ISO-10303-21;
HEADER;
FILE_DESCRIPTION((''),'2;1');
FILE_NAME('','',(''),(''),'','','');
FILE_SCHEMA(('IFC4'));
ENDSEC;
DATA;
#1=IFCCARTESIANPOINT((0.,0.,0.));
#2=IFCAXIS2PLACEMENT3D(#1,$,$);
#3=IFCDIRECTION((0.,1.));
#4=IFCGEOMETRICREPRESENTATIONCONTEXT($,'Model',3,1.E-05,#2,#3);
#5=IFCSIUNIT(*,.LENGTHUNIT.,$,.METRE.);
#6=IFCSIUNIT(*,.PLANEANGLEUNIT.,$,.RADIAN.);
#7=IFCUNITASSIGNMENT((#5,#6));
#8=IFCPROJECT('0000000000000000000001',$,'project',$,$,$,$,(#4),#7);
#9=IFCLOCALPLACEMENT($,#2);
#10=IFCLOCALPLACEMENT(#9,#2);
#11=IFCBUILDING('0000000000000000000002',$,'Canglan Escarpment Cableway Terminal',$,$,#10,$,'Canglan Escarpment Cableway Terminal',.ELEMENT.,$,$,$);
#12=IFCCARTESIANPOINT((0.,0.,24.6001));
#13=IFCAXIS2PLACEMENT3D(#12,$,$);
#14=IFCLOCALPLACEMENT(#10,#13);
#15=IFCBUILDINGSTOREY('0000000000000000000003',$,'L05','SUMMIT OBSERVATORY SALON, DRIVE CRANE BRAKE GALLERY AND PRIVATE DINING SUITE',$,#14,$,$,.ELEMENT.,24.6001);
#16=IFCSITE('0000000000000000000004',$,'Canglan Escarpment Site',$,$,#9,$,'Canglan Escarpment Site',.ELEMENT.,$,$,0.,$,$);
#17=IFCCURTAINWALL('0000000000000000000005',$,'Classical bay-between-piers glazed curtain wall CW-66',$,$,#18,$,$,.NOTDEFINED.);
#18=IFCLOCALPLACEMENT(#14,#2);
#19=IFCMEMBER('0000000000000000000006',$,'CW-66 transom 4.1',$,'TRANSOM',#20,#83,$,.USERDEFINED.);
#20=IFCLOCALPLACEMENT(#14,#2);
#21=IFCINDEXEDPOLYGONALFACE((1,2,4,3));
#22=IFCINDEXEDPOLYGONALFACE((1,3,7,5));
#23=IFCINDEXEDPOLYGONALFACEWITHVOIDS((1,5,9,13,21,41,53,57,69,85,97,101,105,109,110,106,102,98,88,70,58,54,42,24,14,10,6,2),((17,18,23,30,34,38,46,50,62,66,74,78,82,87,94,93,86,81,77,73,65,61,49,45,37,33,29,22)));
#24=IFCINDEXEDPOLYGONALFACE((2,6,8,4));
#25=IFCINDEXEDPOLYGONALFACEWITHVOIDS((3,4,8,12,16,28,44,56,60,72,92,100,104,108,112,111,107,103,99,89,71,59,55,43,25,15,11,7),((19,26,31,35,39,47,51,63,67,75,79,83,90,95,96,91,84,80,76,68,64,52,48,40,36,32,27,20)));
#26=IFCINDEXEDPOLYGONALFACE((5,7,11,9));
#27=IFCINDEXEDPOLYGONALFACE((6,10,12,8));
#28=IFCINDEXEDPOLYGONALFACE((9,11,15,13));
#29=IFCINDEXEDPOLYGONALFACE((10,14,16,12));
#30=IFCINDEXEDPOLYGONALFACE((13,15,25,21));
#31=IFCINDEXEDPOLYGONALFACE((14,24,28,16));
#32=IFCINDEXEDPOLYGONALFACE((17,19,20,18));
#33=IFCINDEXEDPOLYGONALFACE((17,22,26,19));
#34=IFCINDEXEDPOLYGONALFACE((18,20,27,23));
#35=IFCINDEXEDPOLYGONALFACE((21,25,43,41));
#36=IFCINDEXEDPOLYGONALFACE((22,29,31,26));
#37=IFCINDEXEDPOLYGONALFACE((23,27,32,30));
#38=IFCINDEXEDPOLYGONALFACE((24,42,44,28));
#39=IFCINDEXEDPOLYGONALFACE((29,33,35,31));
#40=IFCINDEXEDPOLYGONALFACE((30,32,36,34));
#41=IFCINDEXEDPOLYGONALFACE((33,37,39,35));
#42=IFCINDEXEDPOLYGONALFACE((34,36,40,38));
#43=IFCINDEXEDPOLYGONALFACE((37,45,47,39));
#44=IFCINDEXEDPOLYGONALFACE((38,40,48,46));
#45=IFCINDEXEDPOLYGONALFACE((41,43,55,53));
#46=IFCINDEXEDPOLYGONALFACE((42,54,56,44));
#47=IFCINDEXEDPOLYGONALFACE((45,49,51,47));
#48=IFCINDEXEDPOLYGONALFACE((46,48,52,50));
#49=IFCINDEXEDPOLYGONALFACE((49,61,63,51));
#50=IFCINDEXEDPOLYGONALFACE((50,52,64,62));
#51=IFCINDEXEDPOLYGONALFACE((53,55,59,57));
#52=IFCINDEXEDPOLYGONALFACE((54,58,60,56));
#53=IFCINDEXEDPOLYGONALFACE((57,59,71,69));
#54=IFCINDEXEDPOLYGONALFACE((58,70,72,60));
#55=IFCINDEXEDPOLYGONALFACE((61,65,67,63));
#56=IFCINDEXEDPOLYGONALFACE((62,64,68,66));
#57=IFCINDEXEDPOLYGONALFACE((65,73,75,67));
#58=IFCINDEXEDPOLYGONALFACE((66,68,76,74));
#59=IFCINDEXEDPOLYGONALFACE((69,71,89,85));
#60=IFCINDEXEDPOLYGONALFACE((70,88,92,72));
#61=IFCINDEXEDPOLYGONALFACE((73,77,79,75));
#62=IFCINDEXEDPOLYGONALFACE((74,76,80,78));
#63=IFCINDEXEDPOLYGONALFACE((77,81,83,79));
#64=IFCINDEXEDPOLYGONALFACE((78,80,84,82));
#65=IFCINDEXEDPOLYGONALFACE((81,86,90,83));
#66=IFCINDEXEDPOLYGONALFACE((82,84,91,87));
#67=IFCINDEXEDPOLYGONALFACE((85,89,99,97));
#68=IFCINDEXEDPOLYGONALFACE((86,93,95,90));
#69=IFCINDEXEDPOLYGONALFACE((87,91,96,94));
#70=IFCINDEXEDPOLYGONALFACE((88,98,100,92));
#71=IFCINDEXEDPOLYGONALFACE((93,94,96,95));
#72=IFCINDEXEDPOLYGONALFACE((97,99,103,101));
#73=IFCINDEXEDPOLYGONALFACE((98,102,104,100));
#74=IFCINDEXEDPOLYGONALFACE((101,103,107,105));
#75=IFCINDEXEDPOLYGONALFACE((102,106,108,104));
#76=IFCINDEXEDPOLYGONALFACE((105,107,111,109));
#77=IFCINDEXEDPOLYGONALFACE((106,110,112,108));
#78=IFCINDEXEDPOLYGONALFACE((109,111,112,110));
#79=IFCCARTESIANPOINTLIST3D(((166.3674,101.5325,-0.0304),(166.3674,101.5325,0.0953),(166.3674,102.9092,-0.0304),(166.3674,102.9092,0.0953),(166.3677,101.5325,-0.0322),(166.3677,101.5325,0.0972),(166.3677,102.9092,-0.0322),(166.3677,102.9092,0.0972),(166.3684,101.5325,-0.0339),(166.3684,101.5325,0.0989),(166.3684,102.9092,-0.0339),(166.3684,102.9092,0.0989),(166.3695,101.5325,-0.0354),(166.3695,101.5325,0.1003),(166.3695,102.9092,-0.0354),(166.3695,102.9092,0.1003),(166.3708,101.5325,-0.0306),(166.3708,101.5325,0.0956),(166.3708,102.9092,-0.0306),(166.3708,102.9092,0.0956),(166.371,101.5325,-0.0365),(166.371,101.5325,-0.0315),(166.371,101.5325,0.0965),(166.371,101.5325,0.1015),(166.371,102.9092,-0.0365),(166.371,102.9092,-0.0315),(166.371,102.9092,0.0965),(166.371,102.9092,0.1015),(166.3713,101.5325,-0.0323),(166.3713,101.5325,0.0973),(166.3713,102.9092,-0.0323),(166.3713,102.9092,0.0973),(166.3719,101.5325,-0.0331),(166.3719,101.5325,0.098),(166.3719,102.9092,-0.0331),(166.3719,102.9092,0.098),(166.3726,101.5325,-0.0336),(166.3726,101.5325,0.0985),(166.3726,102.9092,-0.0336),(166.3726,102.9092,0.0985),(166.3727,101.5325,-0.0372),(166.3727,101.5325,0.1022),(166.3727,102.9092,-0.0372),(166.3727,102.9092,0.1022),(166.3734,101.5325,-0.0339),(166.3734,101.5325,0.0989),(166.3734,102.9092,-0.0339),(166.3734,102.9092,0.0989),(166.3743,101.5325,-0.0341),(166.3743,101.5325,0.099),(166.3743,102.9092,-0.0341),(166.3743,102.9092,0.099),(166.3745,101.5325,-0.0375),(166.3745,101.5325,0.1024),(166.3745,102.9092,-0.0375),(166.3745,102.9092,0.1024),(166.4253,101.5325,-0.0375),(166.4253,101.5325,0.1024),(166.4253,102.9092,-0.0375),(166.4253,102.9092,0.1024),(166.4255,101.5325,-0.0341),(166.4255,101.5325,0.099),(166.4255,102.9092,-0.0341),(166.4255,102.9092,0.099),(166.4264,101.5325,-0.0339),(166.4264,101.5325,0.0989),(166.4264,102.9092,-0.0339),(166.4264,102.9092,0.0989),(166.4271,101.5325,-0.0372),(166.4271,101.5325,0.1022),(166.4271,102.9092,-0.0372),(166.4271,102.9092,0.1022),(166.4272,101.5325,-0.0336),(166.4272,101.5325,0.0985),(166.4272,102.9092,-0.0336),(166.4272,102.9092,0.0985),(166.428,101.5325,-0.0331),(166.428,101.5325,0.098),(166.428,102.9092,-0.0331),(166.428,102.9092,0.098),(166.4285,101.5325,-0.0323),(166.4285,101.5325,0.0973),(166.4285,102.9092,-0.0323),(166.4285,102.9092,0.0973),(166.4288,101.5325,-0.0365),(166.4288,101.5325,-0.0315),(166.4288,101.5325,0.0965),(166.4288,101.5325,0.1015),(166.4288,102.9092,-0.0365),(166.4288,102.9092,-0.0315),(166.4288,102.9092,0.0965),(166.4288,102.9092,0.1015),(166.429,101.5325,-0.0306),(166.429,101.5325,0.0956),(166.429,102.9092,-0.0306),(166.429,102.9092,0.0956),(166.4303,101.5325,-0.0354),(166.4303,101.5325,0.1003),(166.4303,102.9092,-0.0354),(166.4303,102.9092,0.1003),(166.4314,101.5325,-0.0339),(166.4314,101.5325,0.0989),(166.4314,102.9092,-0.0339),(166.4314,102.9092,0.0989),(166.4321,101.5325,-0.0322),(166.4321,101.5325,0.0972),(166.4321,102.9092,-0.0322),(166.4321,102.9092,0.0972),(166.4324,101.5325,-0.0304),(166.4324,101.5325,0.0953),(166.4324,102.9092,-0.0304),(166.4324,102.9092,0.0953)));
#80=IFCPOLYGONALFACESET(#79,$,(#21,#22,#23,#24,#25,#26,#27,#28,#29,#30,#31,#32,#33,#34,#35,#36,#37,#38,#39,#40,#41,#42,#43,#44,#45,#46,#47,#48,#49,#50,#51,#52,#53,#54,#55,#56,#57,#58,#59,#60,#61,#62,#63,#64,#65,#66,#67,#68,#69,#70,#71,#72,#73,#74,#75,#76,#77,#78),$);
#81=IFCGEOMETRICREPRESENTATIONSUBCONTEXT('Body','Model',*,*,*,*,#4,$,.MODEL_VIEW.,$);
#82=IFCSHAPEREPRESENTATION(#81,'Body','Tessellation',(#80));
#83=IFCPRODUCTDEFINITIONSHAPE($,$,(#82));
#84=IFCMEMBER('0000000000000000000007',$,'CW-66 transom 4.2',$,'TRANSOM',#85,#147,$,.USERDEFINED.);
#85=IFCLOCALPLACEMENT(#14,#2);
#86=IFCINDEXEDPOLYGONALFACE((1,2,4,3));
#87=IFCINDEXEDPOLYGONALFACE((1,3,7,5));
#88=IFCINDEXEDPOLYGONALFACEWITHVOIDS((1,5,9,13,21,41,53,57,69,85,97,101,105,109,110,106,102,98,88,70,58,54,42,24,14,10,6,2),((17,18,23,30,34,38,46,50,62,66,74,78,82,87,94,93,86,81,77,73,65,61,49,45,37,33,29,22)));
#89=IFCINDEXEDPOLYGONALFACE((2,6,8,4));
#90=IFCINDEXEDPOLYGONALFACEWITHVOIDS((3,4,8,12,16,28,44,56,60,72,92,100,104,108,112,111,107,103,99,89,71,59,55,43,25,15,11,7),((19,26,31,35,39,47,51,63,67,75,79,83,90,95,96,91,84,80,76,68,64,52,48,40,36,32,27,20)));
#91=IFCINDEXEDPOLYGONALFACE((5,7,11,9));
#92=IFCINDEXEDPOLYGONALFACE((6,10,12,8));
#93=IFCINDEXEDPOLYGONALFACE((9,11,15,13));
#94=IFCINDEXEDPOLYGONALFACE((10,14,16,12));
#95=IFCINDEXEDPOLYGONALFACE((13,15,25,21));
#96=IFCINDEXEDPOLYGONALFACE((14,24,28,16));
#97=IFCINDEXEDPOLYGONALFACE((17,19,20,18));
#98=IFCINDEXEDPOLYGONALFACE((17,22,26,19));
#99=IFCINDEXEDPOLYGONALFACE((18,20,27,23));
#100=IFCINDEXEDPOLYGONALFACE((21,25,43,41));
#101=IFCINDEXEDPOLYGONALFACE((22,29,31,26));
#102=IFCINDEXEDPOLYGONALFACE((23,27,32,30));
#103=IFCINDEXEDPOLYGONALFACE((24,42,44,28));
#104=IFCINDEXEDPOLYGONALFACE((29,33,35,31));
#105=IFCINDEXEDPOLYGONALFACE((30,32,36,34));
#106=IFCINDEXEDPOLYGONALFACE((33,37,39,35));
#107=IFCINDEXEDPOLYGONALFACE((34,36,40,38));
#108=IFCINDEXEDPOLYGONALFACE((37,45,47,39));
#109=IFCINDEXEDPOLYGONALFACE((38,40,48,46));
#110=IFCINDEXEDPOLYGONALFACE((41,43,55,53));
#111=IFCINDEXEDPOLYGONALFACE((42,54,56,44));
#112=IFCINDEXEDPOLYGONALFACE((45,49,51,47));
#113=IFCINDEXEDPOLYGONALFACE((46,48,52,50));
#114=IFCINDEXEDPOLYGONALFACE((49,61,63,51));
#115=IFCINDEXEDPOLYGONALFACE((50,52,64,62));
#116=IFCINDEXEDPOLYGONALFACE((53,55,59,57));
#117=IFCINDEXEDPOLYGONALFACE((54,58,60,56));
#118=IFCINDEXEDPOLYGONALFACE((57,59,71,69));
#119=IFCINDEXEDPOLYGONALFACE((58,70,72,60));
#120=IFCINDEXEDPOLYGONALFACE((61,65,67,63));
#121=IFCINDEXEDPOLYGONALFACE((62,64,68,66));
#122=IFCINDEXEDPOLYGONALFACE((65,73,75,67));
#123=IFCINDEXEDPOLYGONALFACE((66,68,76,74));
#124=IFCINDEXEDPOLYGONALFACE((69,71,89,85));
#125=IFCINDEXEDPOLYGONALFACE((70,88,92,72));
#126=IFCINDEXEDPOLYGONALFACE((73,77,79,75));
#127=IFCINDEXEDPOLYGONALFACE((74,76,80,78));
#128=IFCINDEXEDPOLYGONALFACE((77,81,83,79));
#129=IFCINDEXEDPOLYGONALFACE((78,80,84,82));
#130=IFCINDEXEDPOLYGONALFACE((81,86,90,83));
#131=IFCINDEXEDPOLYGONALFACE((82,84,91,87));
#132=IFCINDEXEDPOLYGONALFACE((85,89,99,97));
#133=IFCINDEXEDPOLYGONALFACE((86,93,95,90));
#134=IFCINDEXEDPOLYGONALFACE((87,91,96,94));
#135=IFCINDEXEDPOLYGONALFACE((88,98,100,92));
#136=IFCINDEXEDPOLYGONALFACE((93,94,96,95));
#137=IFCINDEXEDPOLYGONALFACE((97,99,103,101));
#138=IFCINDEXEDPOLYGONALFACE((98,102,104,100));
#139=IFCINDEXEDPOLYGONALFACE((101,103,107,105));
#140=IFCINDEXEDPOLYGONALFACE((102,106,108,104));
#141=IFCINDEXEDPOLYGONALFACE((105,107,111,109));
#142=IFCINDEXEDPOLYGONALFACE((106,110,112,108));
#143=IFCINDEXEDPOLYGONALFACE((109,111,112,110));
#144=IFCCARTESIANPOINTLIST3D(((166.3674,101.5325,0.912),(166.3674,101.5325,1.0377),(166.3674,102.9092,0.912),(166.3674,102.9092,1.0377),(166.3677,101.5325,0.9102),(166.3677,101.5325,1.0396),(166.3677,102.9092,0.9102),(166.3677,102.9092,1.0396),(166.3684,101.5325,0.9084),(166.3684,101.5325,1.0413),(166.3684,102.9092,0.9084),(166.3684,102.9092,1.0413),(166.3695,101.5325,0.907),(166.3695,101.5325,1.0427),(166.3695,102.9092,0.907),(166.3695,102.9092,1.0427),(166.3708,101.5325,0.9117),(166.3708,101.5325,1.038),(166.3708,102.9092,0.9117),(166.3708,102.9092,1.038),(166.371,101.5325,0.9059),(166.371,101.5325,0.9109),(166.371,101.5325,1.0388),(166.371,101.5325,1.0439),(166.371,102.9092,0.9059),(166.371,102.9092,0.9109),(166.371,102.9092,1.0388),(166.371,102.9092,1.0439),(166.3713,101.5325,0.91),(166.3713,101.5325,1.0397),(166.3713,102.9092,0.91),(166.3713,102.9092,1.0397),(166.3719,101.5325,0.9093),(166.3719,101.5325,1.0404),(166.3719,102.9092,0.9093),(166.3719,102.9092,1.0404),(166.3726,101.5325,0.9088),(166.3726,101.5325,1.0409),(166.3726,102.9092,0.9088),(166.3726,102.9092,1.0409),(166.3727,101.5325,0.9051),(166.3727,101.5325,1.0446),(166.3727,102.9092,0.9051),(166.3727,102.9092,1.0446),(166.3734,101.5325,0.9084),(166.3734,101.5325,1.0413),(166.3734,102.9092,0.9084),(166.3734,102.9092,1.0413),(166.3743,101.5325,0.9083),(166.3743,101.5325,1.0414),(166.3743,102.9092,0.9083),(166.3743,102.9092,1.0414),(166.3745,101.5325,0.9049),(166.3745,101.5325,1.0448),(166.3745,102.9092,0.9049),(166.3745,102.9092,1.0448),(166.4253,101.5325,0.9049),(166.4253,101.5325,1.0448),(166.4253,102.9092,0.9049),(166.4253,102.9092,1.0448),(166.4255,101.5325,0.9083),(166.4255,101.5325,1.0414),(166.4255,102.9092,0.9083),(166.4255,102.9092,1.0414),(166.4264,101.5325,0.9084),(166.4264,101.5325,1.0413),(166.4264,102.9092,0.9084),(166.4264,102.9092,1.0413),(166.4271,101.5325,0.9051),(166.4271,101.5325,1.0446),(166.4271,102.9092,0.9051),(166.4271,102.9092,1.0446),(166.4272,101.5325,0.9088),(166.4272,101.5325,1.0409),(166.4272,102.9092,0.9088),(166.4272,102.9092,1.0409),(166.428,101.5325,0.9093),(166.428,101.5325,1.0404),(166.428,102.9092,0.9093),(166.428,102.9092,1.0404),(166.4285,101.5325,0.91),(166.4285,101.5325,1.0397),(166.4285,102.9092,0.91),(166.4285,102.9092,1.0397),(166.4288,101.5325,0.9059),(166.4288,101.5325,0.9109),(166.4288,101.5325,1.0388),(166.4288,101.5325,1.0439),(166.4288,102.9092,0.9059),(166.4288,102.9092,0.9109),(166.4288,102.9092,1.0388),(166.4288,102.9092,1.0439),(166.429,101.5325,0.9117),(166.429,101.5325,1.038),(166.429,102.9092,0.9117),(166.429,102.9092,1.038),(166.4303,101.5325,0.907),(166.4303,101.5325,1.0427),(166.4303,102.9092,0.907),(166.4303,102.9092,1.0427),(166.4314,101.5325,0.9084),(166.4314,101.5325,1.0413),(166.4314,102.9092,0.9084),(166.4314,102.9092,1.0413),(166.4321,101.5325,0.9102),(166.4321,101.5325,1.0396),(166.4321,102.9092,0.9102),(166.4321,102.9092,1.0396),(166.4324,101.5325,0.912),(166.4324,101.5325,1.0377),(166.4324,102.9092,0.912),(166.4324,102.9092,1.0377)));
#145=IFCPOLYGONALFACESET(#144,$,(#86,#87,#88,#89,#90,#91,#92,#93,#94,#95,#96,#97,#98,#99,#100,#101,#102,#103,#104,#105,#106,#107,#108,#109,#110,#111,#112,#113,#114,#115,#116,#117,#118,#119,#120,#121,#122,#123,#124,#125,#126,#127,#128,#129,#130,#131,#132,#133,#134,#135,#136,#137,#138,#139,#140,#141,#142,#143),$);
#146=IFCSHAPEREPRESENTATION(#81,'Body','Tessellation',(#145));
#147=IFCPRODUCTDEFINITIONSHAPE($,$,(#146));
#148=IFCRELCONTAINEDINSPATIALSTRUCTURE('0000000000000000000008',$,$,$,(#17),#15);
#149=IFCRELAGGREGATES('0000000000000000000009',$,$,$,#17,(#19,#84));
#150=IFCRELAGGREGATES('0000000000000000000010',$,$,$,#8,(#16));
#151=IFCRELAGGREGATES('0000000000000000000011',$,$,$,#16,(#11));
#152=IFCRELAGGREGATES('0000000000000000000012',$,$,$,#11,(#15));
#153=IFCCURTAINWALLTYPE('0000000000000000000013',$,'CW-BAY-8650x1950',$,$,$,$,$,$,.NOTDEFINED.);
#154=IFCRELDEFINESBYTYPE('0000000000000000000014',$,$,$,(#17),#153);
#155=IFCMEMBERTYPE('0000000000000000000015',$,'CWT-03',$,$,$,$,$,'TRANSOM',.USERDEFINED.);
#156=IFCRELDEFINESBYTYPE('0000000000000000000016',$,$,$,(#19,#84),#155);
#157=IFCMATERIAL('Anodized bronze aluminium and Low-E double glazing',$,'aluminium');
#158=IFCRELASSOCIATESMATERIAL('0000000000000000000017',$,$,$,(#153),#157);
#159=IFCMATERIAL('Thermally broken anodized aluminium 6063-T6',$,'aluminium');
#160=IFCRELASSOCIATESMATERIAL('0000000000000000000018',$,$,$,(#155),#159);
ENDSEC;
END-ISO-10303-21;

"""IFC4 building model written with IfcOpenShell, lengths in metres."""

from ifc_helpers import new_model, si_unit, direction, frame, origin, origin_2d, place, context, subcontext, project, spatial, hollow_rectangle, extrude, material, material_profile, profile_set, type_object, element, aggregate, save


model = new_model("IFC4")

# Units and contexts
model_context = context("Model", 3, precision=1e-05, world=origin(), true_north=direction((0.0, 1.0)))
body_context = subcontext(model_context, "Body", "Model", "MODEL_VIEW")
ifc_project = project(units=[si_unit("LENGTHUNIT", "METRE"), si_unit("PLANEANGLEUNIT", "RADIAN")], contexts=[model_context])

# Site, building, storey
site_placement = place(None, origin())
site = spatial("IfcSite", under=ifc_project, at=site_placement, Name="Canglan Escarpment Site", LongName="Canglan Escarpment Site", CompositionType="ELEMENT", RefElevation=0.0)
building_placement = place(site_placement, origin())
building = spatial("IfcBuilding", under=site, at=building_placement, Name="Canglan Escarpment Cableway Terminal", LongName="Canglan Escarpment Cableway Terminal", CompositionType="ELEMENT")
storey_placement = place(building_placement, frame((0.0, 0.0, 24.6001)))
storey = spatial("IfcBuildingStorey", under=building, at=storey_placement, Name="L05", Description="SUMMIT OBSERVATORY SALON, DRIVE CRANE BRAKE GALLERY AND PRIVATE DINING SUITE", CompositionType="ELEMENT", Elevation=24.6001)

# Shared definitions
ifc_material_1 = material(Name="Anodized bronze aluminium and Low-E double glazing", Category="aluminium")
curtain_wall_type = type_object("IfcCurtainWallType", Name="CW-BAY-8650x1950", PredefinedType="NOTDEFINED", material=ifc_material_1)
ifc_material_2 = material(Name="Thermally broken anodized aluminium 6063-T6", Category="aluminium")

# Curtain wall, members
curtain_wall_1_placement = place(storey_placement, origin())
curtain_wall_1 = element("IfcCurtainWall", 1, at=curtain_wall_1_placement, inside=storey, type_object=curtain_wall_type, Name="Classical bay-between-piers glazed curtain wall CW-66", PredefinedType="NOTDEFINED")
ifc_material_profile_1 = material_profile(ifc_material_2, hollow_rectangle(XDim=0.0649, YDim=0.1399, WallThickness=0.0034, InnerFilletRadius=0.0034, OuterFilletRadius=0.0071, at=origin_2d()), Name="ALU-TRAN 65x140x3.5")
ifc_profile_set_1 = profile_set([ifc_material_profile_1], Name="Thermally broken anodized aluminium 6063-T6")
member_type_1 = type_object("IfcMemberType", Name="CWT-03", ElementType="TRANSOM", PredefinedType="USERDEFINED", material=ifc_profile_set_1)
member_1_placement = place(storey_placement, frame((166.3999, 101.5325, 0.0325), z_axis=(0.0, 1.0, 0.0), x_axis=(-1.0, 0.0, 0.0)))
member_1 = element("IfcMember", 2, at=member_1_placement, type_object=member_type_1, Name="CW-66 transom 4.1", ObjectType="TRANSOM", PredefinedType="USERDEFINED", context=body_context, shape_type="SweptSolid", body=[
    extrude(hollow_rectangle(XDim=0.0649, YDim=0.1399, WallThickness=0.0034, InnerFilletRadius=0.0034, OuterFilletRadius=0.0071, at=origin_2d()), origin(), (0.0, 0.0, 1.0), 1.3767),
])
member_2_placement = place(storey_placement, frame((166.3999, 101.5325, 0.9749), z_axis=(0.0, 1.0, 0.0), x_axis=(-1.0, 0.0, 0.0)))
member_2 = element("IfcMember", 3, at=member_2_placement, type_object=member_type_1, Name="CW-66 transom 4.2", ObjectType="TRANSOM", PredefinedType="USERDEFINED", context=body_context, shape_type="SweptSolid", body=[
    extrude(hollow_rectangle(XDim=0.0649, YDim=0.1399, WallThickness=0.0034, InnerFilletRadius=0.0034, OuterFilletRadius=0.0071, at=origin_2d()), origin(), (0.0, 0.0, 1.0), 1.3767),
])

aggregate(curtain_wall_1, [member_1, member_2])

save(model, "model.ifc")
